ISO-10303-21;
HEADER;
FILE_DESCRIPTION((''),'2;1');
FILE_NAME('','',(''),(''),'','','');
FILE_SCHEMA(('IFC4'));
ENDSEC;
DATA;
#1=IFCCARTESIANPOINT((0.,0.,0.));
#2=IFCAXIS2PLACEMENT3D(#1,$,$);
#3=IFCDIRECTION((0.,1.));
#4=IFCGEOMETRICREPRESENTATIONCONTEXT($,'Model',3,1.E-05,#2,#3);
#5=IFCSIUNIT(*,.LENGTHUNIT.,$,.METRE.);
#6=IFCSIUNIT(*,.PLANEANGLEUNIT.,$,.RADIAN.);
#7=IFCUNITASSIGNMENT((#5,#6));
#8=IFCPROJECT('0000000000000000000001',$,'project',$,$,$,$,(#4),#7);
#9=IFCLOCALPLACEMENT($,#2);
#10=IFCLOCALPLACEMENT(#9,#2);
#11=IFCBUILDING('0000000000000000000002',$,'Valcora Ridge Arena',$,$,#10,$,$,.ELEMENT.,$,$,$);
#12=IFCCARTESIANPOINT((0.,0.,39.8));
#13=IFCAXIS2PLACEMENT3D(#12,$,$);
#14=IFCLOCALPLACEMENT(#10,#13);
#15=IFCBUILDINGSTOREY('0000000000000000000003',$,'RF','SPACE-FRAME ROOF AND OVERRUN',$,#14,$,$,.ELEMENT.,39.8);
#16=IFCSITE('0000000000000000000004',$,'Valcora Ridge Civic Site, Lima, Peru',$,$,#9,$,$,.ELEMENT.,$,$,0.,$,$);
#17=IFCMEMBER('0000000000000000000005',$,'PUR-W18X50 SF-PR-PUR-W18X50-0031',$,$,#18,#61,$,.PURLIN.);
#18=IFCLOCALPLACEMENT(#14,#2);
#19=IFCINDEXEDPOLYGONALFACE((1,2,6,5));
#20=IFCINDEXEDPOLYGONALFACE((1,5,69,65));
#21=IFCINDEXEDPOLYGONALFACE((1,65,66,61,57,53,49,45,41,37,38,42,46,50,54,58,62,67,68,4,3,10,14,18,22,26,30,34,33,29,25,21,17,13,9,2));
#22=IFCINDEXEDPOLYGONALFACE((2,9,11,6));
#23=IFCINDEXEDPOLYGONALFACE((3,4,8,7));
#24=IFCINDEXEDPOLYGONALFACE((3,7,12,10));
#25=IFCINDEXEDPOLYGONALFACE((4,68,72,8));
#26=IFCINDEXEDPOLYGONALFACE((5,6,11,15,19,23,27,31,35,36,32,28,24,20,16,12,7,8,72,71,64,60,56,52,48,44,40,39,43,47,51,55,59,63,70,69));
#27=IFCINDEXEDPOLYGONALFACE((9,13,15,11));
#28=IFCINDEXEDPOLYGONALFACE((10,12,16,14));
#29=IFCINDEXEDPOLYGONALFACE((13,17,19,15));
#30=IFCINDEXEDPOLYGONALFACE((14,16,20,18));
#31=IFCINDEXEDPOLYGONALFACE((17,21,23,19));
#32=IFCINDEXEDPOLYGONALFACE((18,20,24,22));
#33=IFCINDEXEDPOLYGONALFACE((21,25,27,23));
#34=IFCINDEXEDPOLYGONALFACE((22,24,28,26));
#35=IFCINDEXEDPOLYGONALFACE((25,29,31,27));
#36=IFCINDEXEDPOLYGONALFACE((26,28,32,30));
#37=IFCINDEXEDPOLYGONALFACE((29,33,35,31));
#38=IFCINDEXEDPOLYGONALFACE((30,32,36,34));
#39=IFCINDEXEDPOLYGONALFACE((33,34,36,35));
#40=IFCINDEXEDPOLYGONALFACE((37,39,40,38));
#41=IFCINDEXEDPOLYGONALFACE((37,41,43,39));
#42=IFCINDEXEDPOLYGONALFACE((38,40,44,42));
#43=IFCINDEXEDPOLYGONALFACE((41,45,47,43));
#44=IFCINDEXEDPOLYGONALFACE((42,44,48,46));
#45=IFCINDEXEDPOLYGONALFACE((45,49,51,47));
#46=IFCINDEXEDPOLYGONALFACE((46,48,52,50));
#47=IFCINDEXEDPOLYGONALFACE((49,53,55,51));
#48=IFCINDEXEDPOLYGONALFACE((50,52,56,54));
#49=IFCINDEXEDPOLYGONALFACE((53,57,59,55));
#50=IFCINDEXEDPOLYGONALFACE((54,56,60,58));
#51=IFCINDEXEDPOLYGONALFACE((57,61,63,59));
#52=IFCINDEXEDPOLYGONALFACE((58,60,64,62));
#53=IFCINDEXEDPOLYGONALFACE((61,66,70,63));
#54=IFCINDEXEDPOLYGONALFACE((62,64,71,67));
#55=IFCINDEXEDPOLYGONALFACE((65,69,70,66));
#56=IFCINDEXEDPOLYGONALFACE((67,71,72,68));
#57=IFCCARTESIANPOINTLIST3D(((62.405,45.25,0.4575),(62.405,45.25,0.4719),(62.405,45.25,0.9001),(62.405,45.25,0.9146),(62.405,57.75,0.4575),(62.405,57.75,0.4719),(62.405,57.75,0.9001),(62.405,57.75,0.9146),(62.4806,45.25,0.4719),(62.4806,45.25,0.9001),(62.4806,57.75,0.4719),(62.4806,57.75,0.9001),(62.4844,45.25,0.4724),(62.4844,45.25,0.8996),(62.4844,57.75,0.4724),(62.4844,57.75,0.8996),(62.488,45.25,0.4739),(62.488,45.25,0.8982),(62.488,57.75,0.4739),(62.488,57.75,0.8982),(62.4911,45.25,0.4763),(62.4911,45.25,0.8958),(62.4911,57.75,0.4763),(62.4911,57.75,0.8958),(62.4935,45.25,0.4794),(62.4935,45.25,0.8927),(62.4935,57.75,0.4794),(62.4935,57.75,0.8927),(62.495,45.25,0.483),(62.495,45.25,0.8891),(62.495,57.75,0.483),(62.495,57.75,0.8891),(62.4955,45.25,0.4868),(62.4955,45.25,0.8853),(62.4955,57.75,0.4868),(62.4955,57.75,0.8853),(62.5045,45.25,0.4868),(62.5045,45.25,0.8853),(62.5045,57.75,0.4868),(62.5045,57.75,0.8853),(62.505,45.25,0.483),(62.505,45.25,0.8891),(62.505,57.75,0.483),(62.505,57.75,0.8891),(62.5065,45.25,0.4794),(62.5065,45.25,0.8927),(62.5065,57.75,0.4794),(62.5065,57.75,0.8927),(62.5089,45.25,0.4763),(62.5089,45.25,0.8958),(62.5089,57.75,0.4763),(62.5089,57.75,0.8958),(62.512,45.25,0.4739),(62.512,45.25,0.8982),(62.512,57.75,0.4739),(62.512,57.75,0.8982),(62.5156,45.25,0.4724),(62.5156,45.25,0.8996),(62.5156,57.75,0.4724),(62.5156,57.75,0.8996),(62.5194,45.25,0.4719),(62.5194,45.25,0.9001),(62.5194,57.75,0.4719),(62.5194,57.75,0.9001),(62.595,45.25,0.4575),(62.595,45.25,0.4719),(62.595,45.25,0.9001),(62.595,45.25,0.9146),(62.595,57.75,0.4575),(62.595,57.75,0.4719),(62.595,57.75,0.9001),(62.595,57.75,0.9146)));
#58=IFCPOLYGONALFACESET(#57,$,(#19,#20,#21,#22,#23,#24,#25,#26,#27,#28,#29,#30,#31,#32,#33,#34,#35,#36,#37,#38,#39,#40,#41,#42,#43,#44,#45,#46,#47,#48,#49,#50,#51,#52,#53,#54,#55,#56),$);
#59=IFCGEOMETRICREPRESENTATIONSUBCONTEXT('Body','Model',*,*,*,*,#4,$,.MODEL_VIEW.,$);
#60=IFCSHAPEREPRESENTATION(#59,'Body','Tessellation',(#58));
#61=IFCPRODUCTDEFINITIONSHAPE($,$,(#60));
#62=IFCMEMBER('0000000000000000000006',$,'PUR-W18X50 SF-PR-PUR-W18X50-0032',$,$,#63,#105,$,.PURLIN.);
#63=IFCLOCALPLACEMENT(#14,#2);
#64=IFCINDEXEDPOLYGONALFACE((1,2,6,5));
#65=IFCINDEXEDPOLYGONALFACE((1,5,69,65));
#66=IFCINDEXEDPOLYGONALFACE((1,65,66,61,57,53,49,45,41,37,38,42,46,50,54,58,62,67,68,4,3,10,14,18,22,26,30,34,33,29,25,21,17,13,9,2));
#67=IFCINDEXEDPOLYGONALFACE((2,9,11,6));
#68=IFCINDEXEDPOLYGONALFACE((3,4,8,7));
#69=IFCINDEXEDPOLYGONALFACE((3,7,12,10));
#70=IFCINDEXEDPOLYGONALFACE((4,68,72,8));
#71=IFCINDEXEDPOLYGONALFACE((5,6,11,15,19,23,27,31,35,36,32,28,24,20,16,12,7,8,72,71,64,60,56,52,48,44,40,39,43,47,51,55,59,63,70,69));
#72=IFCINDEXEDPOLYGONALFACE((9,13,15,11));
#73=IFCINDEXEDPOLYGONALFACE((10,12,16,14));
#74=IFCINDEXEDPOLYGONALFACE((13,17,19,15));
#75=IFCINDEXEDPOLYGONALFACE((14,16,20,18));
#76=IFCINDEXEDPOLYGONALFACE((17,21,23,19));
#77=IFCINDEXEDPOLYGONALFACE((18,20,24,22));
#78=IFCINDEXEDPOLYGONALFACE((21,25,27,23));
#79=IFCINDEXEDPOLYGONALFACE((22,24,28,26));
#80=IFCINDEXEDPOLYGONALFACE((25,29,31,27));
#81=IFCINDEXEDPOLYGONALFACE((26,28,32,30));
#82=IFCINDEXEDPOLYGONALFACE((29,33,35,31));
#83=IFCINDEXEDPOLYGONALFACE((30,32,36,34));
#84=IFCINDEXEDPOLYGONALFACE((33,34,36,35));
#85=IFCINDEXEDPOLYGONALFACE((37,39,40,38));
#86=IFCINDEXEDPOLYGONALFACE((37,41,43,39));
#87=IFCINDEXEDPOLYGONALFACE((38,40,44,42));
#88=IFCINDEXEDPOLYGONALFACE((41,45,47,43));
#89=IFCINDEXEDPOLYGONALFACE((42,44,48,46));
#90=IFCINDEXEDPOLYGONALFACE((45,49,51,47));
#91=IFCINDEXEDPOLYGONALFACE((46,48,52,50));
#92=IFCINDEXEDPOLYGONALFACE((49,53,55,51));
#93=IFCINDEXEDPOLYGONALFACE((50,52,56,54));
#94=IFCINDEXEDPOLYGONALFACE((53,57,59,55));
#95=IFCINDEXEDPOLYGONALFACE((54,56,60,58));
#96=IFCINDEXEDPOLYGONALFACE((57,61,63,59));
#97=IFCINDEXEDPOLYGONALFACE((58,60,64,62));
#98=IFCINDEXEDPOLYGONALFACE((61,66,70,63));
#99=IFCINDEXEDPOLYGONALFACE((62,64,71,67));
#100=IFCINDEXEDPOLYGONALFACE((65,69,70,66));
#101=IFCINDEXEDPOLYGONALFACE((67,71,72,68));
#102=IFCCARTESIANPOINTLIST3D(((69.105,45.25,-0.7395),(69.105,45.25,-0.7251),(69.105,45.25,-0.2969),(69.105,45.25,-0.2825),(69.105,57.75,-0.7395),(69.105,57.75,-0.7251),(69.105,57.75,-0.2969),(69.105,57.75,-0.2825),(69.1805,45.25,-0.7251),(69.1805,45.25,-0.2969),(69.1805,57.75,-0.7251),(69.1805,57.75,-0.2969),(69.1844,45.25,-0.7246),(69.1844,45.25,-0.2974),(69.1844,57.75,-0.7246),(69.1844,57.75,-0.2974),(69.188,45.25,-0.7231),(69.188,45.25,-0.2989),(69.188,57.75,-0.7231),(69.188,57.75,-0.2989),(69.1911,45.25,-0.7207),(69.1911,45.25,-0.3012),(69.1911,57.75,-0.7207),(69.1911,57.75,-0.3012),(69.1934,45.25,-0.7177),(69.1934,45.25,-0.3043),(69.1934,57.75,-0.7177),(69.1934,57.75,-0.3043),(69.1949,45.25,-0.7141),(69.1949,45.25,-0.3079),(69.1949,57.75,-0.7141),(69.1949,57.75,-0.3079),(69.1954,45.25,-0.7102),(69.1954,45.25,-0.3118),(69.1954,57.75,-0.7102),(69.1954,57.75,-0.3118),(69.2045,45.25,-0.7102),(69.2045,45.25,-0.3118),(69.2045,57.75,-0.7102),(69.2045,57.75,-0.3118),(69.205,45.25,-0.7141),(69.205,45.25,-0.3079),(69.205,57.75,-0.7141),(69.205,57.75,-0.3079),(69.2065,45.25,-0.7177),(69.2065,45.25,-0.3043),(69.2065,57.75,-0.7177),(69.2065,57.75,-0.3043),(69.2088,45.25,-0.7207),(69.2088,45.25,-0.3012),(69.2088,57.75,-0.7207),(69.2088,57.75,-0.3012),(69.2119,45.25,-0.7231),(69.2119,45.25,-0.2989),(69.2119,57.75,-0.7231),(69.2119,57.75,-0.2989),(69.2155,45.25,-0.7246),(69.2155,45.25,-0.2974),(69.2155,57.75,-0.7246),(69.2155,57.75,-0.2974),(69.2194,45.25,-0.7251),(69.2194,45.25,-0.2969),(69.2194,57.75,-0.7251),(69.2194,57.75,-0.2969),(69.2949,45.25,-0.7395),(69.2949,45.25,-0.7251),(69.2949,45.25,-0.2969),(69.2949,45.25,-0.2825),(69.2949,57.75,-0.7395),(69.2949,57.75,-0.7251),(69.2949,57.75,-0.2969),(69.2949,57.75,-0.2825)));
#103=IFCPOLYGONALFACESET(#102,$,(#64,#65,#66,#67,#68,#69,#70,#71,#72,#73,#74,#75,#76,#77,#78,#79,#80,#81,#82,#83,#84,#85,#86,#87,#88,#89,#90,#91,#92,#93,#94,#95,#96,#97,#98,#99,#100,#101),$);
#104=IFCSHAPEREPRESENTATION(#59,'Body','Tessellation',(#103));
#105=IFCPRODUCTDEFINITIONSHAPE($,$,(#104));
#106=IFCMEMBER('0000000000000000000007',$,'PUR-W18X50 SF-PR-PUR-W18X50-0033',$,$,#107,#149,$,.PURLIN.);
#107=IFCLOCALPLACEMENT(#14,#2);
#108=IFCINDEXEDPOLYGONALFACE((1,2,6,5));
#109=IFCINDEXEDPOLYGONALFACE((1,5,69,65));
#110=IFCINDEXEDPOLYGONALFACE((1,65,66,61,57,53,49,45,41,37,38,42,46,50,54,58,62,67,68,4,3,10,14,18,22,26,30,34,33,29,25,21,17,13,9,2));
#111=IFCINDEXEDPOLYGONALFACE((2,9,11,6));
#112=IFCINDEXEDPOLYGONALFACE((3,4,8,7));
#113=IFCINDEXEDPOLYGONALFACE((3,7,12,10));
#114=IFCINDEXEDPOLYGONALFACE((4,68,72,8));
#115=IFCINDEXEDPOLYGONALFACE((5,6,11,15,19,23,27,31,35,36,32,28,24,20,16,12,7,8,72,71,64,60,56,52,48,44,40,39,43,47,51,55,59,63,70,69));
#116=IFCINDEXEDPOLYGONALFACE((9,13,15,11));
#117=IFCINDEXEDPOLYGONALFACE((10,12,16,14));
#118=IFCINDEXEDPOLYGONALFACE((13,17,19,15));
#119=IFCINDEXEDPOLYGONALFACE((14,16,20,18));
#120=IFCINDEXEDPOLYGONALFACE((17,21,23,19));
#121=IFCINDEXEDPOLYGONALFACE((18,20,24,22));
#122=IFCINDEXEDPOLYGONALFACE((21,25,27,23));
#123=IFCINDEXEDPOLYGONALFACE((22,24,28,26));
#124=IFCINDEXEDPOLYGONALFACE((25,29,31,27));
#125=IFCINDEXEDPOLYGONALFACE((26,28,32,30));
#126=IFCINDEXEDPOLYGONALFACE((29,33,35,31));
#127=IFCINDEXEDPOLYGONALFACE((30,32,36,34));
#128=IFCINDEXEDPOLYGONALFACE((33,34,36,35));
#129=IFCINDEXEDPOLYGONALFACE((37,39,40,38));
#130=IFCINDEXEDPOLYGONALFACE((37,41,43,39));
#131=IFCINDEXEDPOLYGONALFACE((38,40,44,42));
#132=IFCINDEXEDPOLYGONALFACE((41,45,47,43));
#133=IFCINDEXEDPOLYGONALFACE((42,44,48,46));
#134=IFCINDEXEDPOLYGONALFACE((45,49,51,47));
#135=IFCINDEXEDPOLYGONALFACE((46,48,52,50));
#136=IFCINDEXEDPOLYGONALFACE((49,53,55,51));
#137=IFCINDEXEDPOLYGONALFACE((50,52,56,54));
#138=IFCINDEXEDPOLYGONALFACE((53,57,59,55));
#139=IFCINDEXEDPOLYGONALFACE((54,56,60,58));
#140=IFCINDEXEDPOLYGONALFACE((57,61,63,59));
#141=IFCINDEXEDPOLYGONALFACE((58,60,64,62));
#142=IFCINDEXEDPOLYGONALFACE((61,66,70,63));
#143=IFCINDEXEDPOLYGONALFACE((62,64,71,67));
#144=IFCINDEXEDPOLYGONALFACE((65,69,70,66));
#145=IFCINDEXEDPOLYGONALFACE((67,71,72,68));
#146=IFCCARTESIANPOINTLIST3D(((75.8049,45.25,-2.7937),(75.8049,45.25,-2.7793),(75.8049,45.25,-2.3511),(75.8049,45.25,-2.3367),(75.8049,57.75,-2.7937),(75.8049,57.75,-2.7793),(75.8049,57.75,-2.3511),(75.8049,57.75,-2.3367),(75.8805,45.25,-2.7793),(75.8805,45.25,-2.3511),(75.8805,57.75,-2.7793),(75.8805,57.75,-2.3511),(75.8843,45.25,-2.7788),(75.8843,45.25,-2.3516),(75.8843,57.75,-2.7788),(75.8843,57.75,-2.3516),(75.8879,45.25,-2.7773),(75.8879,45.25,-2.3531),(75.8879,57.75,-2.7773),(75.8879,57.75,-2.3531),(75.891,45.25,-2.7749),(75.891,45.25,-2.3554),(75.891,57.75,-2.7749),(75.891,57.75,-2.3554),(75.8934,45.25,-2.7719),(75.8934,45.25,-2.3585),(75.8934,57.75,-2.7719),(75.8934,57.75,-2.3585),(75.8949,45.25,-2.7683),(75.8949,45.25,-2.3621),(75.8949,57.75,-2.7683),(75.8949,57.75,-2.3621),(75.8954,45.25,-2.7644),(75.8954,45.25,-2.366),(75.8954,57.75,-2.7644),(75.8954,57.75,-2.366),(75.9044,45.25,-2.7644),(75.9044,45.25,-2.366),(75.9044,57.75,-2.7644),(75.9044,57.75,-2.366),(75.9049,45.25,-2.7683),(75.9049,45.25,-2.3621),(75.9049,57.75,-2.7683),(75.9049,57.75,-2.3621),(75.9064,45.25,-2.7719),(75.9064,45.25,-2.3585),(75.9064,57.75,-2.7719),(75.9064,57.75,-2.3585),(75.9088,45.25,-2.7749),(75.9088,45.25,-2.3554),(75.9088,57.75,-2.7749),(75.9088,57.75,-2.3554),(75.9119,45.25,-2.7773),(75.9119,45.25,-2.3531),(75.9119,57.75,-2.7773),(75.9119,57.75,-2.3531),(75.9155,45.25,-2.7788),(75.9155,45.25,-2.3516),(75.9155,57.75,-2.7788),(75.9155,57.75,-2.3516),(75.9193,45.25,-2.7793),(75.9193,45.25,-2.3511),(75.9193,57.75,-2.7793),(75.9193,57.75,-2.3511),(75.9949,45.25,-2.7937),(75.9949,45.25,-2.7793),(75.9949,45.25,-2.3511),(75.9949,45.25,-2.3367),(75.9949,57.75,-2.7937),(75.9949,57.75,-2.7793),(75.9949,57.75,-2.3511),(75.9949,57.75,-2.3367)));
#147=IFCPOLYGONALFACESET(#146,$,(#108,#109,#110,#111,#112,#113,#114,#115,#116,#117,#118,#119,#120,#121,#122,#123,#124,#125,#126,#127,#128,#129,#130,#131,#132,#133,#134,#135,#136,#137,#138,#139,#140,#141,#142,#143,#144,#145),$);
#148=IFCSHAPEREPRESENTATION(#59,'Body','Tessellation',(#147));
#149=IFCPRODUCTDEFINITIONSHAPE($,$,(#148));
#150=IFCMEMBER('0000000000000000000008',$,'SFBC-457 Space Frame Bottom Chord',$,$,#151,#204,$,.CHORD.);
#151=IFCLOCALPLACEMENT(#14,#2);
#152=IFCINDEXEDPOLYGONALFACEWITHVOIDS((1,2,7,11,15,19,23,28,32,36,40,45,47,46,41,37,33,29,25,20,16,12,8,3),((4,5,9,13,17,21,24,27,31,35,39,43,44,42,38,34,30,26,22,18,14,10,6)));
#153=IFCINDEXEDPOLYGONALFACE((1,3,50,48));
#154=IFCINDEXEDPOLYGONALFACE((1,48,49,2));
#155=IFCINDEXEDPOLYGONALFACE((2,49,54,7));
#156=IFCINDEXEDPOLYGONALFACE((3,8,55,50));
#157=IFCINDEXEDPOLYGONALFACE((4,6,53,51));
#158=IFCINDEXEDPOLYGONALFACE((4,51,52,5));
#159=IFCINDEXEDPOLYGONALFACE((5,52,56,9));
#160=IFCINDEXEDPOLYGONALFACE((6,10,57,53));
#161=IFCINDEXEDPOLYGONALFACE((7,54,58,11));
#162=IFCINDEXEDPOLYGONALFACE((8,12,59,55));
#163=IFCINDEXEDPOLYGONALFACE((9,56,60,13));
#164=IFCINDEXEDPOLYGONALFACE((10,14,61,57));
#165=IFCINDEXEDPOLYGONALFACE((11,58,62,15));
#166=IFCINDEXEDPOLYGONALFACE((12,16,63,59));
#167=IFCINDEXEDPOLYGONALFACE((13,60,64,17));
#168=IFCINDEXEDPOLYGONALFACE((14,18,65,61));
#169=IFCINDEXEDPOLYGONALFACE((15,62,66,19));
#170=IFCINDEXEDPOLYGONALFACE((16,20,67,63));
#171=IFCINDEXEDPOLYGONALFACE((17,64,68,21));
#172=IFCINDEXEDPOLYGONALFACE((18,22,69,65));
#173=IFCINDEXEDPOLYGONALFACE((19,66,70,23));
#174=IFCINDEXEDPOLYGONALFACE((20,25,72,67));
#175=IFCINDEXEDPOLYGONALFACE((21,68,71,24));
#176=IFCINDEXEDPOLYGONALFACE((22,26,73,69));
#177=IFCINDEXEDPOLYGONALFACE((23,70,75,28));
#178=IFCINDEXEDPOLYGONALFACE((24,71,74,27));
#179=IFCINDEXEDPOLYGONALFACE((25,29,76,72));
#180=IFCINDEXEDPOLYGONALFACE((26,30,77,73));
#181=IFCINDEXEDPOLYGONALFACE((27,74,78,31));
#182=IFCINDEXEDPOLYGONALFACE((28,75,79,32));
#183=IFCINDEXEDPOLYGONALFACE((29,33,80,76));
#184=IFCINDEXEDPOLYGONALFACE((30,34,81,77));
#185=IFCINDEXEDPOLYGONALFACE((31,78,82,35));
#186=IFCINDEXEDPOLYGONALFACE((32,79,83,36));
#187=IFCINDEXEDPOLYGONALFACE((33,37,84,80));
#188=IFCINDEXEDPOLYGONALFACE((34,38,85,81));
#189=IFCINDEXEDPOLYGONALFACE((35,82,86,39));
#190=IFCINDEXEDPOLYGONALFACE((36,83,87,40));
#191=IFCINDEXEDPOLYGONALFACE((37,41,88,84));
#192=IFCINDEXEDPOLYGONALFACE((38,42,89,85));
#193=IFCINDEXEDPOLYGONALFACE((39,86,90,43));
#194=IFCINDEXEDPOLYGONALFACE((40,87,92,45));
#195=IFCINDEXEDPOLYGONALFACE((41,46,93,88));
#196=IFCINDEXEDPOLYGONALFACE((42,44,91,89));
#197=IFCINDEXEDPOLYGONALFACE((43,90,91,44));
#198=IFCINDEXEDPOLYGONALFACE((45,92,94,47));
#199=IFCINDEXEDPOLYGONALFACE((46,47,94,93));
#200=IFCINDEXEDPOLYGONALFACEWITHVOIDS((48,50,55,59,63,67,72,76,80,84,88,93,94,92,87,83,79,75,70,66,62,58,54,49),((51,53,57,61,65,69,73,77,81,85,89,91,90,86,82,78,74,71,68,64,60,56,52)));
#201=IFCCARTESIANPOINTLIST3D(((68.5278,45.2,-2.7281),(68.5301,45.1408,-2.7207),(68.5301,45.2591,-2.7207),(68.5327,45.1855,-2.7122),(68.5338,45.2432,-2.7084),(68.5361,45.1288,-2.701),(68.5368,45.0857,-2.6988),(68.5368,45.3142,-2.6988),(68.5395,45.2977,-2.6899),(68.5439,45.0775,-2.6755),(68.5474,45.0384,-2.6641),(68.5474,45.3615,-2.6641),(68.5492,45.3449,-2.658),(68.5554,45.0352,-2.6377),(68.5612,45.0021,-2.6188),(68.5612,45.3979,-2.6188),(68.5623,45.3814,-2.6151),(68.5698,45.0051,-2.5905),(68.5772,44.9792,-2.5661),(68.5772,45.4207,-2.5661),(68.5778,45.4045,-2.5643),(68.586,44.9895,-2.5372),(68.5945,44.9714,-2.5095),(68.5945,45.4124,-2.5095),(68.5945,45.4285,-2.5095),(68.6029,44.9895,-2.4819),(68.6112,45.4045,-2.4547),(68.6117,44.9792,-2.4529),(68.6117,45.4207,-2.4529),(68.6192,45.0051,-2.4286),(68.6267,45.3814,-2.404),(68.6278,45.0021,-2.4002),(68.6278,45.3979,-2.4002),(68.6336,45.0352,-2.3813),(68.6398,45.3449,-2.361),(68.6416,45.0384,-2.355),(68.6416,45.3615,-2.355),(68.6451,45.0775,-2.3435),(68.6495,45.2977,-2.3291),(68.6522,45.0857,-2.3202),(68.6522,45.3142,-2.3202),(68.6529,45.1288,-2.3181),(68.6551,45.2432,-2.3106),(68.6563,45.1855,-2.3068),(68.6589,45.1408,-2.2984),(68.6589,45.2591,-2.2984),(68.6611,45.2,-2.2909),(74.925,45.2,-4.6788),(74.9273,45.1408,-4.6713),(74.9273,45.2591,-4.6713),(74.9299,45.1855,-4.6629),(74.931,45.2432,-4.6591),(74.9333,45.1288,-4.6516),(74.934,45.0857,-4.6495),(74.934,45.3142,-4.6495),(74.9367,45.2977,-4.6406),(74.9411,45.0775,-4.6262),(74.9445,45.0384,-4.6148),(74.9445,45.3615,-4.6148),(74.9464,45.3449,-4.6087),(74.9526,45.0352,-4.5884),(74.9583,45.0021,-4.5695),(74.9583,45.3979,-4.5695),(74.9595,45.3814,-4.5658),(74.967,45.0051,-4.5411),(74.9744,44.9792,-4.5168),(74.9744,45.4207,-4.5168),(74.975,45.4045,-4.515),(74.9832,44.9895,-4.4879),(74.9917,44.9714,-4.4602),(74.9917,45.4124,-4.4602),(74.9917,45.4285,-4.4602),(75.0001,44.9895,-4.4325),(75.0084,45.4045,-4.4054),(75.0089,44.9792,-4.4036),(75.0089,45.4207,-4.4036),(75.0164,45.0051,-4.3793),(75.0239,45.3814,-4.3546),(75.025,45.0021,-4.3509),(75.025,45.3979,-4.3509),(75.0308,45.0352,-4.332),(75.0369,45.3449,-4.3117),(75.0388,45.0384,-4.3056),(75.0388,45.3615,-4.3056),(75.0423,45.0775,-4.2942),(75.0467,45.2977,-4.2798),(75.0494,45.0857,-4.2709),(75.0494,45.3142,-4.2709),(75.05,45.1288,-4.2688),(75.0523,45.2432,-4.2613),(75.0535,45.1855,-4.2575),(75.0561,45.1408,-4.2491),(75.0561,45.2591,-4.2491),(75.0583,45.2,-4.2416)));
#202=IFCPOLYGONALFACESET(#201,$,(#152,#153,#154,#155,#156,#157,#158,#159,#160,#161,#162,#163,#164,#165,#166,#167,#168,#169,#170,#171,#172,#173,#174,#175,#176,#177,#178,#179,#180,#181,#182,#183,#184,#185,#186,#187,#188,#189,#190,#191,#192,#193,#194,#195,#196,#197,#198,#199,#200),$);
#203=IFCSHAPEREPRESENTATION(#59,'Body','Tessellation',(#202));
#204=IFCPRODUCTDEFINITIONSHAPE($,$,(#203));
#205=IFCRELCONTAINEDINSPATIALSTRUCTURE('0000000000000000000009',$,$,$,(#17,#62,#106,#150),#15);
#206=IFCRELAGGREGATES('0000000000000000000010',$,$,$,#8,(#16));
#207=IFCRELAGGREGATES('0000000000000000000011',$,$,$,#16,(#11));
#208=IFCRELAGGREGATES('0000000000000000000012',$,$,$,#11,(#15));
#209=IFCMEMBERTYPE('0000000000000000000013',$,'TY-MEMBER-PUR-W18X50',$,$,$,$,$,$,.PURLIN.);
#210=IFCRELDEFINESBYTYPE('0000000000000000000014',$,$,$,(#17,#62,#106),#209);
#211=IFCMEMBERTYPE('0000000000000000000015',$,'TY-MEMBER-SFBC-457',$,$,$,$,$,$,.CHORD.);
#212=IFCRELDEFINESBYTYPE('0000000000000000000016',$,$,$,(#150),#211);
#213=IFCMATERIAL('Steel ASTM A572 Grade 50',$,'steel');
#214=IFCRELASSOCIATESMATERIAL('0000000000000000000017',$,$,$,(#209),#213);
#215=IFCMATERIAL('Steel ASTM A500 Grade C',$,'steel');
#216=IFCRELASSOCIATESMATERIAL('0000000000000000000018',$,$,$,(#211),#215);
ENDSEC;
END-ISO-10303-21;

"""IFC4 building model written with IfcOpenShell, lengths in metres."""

from ifc_helpers import new_model, si_unit, direction, frame, origin, origin_2d, place, context, subcontext, project, spatial, hollow_circle, i_section, extrude, material, material_profile, profile_set, type_object, element, save


model = new_model("IFC4")

# Units and contexts
model_context = context("Model", 3, precision=1e-05, world=origin(), true_north=direction((0.0, 1.0)))
body_context = subcontext(model_context, "Body", "Model", "MODEL_VIEW")
ifc_project = project(units=[si_unit("LENGTHUNIT", "METRE"), si_unit("PLANEANGLEUNIT", "RADIAN")], contexts=[model_context])

# Site, building, storey
site_placement = place(None, origin())
site = spatial("IfcSite", under=ifc_project, at=site_placement, Name="Valcora Ridge Civic Site, Lima, Peru", CompositionType="ELEMENT", RefElevation=0.0)
building_placement = place(site_placement, origin())
building = spatial("IfcBuilding", under=site, at=building_placement, Name="Valcora Ridge Arena", CompositionType="ELEMENT")
storey_placement = place(building_placement, frame((0.0, 0.0, 39.8)))
storey = spatial("IfcBuildingStorey", under=building, at=storey_placement, Name="RF", Description="SPACE-FRAME ROOF AND OVERRUN", CompositionType="ELEMENT", Elevation=39.8)

# Members
ifc_material_1 = material(Name="Steel ASTM A572 Grade 50", Category="steel")
ifc_material_profile_1 = material_profile(ifc_material_1, i_section(OverallWidth=0.1899, OverallDepth=0.457, WebThickness=0.009, FlangeThickness=0.0144, FilletRadius=0.0149, at=origin_2d()), Name="W18X50")
ifc_profile_set_1 = profile_set([ifc_material_profile_1], Name="Steel ASTM A572 Grade 50")
member_type_1 = type_object("IfcMemberType", Name="TY-MEMBER-PUR-W18X50", PredefinedType="PURLIN", material=ifc_profile_set_1)
for number, where, z_axis, x_axis, name in (
    (1, (62.5, 45.25, 0.686), (0.0, 1.0, 0.0), (-1.0, 0.0, 0.0), "PUR-W18X50 SF-PR-PUR-W18X50-0031"),
    (2, (69.2, 45.25, -0.511), (0.0, 1.0, 0.0), (-1.0, 0.0, 0.0), "PUR-W18X50 SF-PR-PUR-W18X50-0032"),
    (3, (75.8999, 45.25, -2.5652), (0.0, 1.0, 0.0), (-1.0, 0.0, 0.0), "PUR-W18X50 SF-PR-PUR-W18X50-0033"),
):
    element("IfcMember", number, at=place(storey_placement, frame(where, z_axis=z_axis, x_axis=x_axis)), inside=storey, type_object=member_type_1, Name=name, PredefinedType="PURLIN", context=body_context, shape_type="SweptSolid", body=[
        extrude(i_section(OverallWidth=0.1899, OverallDepth=0.457, WebThickness=0.009, FlangeThickness=0.0144, FilletRadius=0.0149, at=origin_2d()), origin(), (0.0, 0.0, 1.0), 12.5),
    ])
ifc_material_2 = material(Name="Steel ASTM A500 Grade C", Category="steel")
ifc_material_profile_2 = material_profile(ifc_material_2, hollow_circle(Radius=0.2285, WallThickness=0.0161, at=origin_2d()), Name="CHS457X16")
ifc_profile_set_2 = profile_set([ifc_material_profile_2], Name="Steel ASTM A500 Grade C")
member_type_2 = type_object("IfcMemberType", Name="TY-MEMBER-SFBC-457", PredefinedType="CHORD", material=ifc_profile_set_2)
for number, where, z_axis, x_axis, name in (
    (4, (68.5945, 45.2, -2.5095), (0.956519, 0.0, -0.291669), (0.0, 1.0, 0.0), "SFBC-457 Space Frame Bottom Chord"),
):
    element("IfcMember", number, at=place(storey_placement, frame(where, z_axis=z_axis, x_axis=x_axis)), inside=storey, type_object=member_type_2, Name=name, PredefinedType="CHORD", context=body_context, shape_type="SweptSolid", body=[
        extrude(hollow_circle(Radius=0.2285, WallThickness=0.0161, at=origin_2d()), origin(), (0.0, 0.0, 1.0), 6.688),
    ])

save(model, "model.ifc")
